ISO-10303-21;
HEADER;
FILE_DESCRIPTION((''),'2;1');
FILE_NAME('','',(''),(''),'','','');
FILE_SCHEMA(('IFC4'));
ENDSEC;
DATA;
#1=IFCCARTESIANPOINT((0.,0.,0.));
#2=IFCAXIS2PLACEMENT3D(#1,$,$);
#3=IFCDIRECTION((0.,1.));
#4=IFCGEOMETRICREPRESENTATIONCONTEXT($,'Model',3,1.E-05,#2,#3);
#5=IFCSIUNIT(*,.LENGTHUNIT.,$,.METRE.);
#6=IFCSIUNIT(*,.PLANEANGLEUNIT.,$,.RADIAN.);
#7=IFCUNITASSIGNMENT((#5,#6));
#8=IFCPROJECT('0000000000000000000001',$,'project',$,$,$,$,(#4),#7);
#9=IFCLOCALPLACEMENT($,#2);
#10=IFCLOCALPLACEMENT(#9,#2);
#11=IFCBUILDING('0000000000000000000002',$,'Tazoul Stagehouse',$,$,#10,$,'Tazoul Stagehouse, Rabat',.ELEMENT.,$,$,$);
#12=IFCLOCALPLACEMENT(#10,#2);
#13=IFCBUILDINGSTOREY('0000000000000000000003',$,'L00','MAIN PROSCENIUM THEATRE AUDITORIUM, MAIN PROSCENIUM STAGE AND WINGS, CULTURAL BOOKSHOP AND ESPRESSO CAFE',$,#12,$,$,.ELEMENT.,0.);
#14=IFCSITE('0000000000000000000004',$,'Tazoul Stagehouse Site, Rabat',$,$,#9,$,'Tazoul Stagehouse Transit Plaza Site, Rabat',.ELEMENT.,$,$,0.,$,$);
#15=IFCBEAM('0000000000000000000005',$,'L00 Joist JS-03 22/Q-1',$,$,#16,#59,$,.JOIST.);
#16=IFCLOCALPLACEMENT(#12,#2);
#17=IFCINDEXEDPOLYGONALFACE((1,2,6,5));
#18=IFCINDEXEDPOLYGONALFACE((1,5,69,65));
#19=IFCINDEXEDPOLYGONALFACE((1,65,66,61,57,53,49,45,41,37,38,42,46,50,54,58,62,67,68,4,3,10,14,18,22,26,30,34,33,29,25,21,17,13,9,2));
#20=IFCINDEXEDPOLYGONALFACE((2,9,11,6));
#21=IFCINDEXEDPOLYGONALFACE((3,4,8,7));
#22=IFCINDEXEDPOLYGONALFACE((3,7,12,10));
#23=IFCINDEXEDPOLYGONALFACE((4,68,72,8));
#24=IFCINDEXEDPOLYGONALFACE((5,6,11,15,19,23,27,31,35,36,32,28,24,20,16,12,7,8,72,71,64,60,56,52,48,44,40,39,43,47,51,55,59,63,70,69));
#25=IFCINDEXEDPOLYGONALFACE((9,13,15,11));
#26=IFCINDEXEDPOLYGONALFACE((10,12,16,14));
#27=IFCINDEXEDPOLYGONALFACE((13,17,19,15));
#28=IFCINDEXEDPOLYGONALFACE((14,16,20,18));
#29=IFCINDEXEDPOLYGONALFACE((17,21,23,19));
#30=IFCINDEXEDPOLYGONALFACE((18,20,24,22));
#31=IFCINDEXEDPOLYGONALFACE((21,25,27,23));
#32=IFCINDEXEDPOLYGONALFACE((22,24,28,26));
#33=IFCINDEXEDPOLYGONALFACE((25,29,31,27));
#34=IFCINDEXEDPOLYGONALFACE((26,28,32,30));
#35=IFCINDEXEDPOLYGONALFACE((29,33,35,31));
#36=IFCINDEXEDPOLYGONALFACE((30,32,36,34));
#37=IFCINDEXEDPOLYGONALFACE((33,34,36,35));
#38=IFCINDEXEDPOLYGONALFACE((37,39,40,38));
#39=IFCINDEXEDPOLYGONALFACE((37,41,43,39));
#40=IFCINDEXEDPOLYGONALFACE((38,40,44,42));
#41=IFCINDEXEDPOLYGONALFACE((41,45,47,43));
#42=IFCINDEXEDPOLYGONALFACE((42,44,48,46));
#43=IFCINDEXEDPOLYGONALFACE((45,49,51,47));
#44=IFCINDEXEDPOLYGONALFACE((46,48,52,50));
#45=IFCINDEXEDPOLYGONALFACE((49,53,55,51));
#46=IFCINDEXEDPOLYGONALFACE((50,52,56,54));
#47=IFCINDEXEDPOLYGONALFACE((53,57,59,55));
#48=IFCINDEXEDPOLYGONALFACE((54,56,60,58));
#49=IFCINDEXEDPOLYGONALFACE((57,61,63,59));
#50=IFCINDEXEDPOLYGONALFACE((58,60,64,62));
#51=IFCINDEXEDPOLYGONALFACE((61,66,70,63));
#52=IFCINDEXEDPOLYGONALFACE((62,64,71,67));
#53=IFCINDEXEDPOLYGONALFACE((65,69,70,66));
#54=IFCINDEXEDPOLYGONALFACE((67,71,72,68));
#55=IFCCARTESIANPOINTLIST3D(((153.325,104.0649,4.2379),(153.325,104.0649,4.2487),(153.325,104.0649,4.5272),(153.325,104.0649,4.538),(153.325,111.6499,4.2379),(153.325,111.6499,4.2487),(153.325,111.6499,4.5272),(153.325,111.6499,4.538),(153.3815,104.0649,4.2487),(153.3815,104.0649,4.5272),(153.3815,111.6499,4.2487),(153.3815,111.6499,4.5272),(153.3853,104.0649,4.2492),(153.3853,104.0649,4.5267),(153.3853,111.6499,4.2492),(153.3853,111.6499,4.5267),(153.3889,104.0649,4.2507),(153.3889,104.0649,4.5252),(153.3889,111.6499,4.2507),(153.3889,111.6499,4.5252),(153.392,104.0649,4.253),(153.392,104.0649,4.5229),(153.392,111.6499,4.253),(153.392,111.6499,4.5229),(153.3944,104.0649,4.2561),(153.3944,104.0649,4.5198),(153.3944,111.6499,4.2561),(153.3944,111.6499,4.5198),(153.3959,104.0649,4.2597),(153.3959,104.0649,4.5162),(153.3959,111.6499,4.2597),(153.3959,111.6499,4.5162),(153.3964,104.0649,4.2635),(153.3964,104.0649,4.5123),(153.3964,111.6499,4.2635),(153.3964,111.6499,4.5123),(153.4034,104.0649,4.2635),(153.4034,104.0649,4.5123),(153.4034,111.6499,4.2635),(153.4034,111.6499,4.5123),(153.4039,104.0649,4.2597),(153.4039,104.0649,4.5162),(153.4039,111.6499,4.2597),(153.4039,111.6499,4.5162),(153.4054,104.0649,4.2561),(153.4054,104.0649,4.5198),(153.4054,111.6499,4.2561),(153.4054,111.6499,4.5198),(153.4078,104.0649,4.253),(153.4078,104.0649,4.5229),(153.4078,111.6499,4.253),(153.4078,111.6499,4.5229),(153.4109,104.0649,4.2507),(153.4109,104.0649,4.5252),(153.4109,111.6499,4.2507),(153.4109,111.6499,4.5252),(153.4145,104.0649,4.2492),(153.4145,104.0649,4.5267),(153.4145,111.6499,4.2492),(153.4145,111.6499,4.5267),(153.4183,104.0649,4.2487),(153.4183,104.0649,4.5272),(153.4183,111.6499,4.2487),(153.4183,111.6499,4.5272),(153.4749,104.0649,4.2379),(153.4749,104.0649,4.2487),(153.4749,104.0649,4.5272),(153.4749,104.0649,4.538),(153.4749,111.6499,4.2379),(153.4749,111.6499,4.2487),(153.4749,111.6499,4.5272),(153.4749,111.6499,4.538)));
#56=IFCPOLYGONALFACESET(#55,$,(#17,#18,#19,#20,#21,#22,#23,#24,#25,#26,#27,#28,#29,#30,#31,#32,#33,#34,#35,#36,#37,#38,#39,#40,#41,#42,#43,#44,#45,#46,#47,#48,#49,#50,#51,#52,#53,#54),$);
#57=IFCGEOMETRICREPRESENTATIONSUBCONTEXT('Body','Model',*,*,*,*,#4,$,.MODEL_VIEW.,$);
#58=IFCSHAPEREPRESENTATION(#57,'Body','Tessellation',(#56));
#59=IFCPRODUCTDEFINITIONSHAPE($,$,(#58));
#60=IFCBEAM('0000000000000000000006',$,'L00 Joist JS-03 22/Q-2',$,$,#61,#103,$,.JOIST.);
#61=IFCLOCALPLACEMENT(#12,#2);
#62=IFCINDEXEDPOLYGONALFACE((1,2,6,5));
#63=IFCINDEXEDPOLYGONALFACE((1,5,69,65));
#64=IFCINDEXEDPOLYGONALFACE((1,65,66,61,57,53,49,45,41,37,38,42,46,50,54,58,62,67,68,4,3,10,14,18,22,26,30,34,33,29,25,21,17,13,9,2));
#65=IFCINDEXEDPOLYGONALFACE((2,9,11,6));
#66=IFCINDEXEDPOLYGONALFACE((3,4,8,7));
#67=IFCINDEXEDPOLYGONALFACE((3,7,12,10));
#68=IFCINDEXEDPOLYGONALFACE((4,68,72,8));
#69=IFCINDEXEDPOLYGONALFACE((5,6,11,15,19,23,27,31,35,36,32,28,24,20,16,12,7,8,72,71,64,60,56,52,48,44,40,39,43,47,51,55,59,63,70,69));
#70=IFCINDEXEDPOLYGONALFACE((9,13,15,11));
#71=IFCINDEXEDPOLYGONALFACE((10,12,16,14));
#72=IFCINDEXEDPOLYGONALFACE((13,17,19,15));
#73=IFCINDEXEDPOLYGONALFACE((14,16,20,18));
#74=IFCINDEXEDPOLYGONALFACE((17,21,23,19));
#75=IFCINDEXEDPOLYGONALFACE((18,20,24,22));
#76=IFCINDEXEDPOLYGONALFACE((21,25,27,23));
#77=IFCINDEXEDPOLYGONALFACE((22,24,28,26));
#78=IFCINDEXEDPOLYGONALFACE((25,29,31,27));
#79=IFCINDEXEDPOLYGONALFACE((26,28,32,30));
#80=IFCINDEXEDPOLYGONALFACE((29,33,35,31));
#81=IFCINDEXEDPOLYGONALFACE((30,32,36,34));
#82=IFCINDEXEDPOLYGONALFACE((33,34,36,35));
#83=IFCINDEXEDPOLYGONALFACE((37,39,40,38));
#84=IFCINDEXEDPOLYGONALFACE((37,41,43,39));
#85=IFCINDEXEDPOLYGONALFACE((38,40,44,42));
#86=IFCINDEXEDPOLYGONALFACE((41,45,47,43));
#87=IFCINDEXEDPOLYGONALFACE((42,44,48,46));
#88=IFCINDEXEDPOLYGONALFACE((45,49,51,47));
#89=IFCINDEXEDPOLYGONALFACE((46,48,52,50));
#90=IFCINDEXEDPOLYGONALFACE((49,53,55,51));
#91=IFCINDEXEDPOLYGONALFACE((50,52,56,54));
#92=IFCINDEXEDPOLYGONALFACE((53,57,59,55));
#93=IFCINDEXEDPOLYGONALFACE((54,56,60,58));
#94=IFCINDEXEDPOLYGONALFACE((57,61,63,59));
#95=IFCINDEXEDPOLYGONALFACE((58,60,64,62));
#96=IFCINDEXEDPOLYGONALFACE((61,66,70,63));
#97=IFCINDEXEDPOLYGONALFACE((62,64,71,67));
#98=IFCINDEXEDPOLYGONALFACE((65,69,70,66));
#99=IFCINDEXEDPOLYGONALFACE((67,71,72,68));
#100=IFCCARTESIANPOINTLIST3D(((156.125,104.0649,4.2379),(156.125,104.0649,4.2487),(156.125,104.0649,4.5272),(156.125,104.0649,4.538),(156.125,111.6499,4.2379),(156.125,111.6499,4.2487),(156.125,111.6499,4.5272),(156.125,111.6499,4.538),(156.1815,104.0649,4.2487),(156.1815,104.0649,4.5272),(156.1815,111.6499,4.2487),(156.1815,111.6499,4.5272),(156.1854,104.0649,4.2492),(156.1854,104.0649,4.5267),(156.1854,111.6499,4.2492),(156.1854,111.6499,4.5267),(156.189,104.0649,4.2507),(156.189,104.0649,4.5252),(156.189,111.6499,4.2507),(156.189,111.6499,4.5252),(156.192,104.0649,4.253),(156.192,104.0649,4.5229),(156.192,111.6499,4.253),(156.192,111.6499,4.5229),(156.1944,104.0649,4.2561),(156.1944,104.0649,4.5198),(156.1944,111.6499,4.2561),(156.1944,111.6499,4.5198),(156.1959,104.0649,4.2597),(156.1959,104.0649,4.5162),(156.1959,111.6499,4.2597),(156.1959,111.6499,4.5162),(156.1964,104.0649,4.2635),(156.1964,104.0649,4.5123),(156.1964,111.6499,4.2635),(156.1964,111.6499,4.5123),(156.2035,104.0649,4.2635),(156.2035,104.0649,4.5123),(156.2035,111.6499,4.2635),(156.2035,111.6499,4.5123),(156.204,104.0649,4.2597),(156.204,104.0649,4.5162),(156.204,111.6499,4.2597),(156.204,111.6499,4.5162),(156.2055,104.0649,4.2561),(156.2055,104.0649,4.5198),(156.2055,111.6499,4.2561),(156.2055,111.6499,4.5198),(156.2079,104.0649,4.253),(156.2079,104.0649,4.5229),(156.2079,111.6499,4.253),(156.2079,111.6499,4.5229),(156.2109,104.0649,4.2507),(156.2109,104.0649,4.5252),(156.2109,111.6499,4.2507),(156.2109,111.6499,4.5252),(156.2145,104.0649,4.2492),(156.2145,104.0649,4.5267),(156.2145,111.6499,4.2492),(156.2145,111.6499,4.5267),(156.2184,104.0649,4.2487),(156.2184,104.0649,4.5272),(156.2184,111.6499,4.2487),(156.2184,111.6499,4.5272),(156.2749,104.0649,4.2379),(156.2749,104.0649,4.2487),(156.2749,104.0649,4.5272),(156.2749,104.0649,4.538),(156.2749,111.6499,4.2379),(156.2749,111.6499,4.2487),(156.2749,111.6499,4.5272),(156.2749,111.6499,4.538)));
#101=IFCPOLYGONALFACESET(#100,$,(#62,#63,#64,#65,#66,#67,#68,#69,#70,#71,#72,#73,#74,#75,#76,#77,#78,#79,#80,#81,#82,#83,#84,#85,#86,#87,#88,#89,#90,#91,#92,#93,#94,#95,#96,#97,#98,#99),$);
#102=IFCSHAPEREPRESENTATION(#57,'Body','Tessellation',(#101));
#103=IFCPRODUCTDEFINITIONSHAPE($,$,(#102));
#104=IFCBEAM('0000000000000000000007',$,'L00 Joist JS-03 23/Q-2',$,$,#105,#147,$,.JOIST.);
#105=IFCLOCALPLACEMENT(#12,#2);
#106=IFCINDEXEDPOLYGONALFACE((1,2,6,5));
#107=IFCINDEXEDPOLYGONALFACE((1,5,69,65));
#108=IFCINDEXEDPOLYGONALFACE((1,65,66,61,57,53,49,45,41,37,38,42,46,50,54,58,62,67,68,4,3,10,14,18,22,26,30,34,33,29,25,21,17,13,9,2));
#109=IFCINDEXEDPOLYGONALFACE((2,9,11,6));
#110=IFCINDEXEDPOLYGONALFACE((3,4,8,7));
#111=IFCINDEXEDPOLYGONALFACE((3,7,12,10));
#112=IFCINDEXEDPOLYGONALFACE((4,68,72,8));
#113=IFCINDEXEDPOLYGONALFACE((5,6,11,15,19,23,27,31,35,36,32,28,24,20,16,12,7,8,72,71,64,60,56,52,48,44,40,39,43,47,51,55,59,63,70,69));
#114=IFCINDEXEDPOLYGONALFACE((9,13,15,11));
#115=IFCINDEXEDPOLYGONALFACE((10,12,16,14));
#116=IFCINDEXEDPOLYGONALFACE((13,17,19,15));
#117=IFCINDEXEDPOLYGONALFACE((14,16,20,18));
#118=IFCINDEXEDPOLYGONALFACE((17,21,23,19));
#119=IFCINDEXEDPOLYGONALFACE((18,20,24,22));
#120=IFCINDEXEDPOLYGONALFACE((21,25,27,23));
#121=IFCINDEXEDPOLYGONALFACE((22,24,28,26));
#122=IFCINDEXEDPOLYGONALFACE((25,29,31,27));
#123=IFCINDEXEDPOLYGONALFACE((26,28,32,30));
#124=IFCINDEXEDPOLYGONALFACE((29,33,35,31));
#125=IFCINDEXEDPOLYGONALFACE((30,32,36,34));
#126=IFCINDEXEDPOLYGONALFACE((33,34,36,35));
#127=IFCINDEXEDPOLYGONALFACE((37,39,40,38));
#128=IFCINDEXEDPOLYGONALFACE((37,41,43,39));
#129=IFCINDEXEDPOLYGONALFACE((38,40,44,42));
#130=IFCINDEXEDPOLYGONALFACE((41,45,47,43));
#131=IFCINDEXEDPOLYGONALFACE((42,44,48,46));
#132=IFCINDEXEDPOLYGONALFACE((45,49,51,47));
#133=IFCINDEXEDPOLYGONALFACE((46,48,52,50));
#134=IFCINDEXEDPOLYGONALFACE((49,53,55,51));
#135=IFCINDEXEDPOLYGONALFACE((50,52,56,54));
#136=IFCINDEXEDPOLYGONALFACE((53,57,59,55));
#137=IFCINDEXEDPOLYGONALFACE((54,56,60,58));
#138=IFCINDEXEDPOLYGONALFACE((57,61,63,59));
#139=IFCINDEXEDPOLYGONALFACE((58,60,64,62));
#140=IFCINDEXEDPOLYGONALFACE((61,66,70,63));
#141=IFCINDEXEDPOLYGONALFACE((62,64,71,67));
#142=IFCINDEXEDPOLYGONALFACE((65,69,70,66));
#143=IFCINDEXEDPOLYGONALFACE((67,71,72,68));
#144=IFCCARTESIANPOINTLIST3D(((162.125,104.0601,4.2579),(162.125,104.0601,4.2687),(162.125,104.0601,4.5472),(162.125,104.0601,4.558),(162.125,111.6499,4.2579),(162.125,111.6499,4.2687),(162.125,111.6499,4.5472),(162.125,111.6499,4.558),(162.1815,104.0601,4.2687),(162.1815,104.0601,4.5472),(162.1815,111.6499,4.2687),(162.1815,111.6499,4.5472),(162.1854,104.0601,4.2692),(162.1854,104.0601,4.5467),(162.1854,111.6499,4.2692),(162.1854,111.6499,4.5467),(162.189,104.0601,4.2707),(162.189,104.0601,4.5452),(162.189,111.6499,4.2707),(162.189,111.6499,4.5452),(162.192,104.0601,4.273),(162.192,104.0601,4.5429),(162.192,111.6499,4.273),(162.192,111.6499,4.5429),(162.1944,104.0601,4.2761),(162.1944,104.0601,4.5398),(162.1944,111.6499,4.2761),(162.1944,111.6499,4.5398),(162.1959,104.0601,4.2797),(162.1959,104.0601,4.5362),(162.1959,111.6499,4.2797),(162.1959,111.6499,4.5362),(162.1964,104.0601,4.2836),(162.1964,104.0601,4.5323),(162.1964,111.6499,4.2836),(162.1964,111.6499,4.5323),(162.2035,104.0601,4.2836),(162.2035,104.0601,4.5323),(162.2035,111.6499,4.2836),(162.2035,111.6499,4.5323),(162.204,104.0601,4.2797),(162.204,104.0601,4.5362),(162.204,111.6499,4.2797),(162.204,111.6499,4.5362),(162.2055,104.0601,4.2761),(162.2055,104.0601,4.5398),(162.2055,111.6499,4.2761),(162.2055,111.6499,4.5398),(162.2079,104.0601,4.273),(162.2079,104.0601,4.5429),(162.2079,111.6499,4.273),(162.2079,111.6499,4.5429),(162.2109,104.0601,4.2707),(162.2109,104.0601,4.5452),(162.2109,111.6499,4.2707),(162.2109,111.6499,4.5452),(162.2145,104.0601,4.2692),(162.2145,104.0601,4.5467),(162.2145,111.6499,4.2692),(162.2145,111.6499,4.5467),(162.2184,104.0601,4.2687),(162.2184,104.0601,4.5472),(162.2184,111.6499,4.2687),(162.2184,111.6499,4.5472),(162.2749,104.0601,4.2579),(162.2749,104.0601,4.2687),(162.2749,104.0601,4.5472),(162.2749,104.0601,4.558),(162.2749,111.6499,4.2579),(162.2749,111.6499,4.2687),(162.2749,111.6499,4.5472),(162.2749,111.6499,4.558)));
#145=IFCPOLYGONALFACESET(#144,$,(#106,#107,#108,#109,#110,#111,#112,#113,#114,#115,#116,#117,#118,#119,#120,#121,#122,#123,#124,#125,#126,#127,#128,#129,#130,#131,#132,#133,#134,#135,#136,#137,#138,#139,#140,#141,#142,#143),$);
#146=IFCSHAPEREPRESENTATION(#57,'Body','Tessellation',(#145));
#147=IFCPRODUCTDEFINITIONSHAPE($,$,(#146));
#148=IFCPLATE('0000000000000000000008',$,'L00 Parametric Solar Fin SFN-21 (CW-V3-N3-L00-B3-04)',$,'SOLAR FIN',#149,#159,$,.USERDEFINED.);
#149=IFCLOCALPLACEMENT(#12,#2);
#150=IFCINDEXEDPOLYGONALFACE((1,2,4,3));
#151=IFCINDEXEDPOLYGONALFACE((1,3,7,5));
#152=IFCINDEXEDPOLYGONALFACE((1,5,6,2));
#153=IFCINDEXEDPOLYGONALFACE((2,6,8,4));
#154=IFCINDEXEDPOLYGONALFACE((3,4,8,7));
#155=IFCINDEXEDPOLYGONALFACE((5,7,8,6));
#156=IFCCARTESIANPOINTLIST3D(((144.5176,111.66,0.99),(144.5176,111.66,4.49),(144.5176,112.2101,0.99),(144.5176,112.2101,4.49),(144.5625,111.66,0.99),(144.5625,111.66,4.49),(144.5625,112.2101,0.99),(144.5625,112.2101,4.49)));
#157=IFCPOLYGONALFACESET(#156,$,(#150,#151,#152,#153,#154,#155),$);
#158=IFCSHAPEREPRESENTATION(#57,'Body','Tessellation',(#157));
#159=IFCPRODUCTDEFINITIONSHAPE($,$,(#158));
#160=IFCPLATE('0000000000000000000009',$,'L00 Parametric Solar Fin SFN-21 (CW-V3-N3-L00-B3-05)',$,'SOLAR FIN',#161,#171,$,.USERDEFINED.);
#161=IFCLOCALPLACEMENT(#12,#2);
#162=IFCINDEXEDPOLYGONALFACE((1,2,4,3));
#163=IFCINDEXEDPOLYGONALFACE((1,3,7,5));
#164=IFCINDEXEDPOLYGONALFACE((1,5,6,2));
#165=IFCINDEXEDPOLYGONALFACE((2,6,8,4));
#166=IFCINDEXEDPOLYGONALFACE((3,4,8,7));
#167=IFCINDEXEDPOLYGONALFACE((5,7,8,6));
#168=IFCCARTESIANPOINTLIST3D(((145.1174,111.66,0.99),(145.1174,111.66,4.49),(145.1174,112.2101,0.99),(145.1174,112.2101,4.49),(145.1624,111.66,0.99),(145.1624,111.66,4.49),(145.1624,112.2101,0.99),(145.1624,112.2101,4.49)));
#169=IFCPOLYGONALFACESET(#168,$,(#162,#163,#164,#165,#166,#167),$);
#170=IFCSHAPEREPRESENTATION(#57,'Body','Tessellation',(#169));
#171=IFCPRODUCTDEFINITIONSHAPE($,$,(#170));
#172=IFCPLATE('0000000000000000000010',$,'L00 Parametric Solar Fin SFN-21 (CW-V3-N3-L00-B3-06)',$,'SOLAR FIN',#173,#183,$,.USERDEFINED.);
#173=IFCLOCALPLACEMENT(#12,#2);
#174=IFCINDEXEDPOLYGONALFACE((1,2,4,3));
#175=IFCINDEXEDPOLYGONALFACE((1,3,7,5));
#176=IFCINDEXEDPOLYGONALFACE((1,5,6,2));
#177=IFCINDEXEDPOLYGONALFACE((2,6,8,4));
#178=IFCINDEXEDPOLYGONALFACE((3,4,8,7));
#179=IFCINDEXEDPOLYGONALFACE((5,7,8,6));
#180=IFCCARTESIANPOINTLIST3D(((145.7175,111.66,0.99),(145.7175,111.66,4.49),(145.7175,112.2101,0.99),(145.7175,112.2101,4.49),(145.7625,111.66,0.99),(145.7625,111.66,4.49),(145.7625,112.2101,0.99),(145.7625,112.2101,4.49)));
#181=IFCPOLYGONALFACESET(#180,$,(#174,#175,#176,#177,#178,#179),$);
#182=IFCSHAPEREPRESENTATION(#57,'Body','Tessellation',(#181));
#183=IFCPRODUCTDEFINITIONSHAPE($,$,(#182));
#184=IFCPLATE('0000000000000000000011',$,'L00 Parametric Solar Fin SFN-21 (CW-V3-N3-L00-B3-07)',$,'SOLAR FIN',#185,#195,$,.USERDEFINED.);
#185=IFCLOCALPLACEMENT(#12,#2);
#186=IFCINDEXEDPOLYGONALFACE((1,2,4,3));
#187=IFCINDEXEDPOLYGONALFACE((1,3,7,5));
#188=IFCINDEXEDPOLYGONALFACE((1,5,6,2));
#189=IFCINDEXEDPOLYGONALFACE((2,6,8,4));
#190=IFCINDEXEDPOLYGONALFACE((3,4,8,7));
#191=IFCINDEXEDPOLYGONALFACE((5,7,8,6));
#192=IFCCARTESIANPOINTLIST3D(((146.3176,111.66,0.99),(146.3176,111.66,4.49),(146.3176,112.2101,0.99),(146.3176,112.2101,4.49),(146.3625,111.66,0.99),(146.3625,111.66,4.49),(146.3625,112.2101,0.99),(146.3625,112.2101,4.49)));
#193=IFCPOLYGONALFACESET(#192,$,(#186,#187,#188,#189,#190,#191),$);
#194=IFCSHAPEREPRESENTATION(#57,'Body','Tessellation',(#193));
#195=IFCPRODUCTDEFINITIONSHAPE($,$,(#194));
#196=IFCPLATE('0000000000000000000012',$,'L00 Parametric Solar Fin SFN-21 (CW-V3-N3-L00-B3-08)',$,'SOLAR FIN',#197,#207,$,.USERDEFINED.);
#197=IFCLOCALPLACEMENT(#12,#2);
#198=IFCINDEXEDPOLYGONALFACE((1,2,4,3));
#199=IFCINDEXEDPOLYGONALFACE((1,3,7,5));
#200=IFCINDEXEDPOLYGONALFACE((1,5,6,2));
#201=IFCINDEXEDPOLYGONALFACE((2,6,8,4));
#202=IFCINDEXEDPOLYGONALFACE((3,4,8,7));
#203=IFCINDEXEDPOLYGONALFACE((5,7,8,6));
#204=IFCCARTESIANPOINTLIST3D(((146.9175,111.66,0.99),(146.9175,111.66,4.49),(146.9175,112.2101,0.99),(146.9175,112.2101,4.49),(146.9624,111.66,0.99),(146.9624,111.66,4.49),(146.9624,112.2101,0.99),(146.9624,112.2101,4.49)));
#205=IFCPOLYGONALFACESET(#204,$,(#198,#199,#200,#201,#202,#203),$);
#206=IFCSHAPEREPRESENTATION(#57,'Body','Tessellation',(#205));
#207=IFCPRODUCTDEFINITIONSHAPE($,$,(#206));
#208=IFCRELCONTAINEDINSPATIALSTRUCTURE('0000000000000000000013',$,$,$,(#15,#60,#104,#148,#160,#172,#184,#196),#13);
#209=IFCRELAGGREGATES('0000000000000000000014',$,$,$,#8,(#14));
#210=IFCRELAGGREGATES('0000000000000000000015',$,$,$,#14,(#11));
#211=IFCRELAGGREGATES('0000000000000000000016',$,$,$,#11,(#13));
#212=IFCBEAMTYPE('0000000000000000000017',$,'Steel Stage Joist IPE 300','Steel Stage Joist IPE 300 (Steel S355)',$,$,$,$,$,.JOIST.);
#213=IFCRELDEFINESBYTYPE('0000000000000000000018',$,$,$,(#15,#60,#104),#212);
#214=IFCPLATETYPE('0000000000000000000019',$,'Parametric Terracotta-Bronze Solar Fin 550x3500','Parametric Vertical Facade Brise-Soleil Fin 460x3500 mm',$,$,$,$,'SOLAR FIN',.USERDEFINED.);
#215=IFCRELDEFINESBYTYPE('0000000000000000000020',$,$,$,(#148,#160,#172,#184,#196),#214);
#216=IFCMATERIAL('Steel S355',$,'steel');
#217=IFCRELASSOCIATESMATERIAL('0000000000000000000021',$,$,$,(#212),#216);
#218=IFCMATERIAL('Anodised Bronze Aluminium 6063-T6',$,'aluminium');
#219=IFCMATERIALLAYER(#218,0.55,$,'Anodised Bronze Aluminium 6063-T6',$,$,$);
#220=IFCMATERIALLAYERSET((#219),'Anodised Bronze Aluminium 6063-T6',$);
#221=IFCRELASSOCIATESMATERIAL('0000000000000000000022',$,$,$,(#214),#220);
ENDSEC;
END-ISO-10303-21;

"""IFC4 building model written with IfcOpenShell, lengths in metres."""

from ifc_helpers import new_model, si_unit, direction, frame, origin, origin_2d, place, context, subcontext, project, spatial, rectangle, i_section, extrude, material, layer, layer_set, material_profile, profile_set, type_object, element, save


model = new_model("IFC4")

# Units and contexts
model_context = context("Model", 3, precision=1e-05, world=origin(), true_north=direction((0.0, 1.0)))
body_context = subcontext(model_context, "Body", "Model", "MODEL_VIEW")
ifc_project = project(units=[si_unit("LENGTHUNIT", "METRE"), si_unit("PLANEANGLEUNIT", "RADIAN")], contexts=[model_context])

# Site, building, storey
site_placement = place(None, origin())
site = spatial("IfcSite", under=ifc_project, at=site_placement, Name="Tazoul Stagehouse Site, Rabat", LongName="Tazoul Stagehouse Transit Plaza Site, Rabat", CompositionType="ELEMENT", RefElevation=0.0)
building_placement = place(site_placement, origin())
building = spatial("IfcBuilding", under=site, at=building_placement, Name="Tazoul Stagehouse", LongName="Tazoul Stagehouse, Rabat", CompositionType="ELEMENT")
storey_placement = place(building_placement, origin())
storey = spatial("IfcBuildingStorey", under=building, at=storey_placement, Name="L00", Description="MAIN PROSCENIUM THEATRE AUDITORIUM, MAIN PROSCENIUM STAGE AND WINGS, CULTURAL BOOKSHOP AND ESPRESSO CAFE", CompositionType="ELEMENT", Elevation=0.0)

# Beams
ifc_material_1 = material(Name="Steel S355", Category="steel")
ifc_material_profile_1 = material_profile(ifc_material_1, i_section(OverallWidth=0.1499, OverallDepth=0.3, WebThickness=0.0071, FlangeThickness=0.0107, FilletRadius=0.0149, at=origin_2d()), Name="IPE 300")
ifc_profile_set_1 = profile_set([ifc_material_profile_1], Name="Steel S355")
beam_type_1 = type_object("IfcBeamType", Name="Steel Stage Joist IPE 300", Description="Steel Stage Joist IPE 300 (Steel S355)", PredefinedType="JOIST", material=ifc_profile_set_1)
for number, where, z_axis, x_axis, name in (
    (1, (153.3999, 104.0649, 4.3879), (0.0, 1.0, 0.0), (-1.0, 0.0, 0.0), "L00 Joist JS-03 22/Q-1"),
    (2, (156.2, 104.0649, 4.3879), (0.0, 1.0, 0.0), (-1.0, 0.0, 0.0), "L00 Joist JS-03 22/Q-2"),
):
    element("IfcBeam", number, at=place(storey_placement, frame(where, z_axis=z_axis, x_axis=x_axis)), inside=storey, type_object=beam_type_1, Name=name, PredefinedType="JOIST", context=body_context, shape_type="SweptSolid", body=[
        extrude(i_section(OverallWidth=0.1499, OverallDepth=0.3, WebThickness=0.0071, FlangeThickness=0.0107, FilletRadius=0.0149, at=origin_2d()), origin(), (0.0, 0.0, 1.0), 7.585),
    ])
beam_1_placement = place(storey_placement, frame((162.2, 104.0601, 4.408), z_axis=(0.0, 1.0, 0.0), x_axis=(-1.0, 0.0, 0.0)))
element("IfcBeam", 3, at=beam_1_placement, inside=storey, type_object=beam_type_1, Name="L00 Joist JS-03 23/Q-2", PredefinedType="JOIST", context=body_context, shape_type="SweptSolid", body=[
    extrude(i_section(OverallWidth=0.1499, OverallDepth=0.3, WebThickness=0.0071, FlangeThickness=0.0107, FilletRadius=0.0149, at=origin_2d()), origin(), (0.0, 0.0, 1.0), 7.5898),
])

# Plates
ifc_material_2 = material(Name="Anodised Bronze Aluminium 6063-T6", Category="aluminium")
ifc_layer_1 = layer(ifc_material_2, 0.55, Name="Anodised Bronze Aluminium 6063-T6")
ifc_layer_set_1 = layer_set([ifc_layer_1], Name="Anodised Bronze Aluminium 6063-T6")
plate_type = type_object("IfcPlateType", Name="Parametric Terracotta-Bronze Solar Fin 550x3500", Description="Parametric Vertical Facade Brise-Soleil Fin 460x3500 mm", ElementType="SOLAR FIN", PredefinedType="USERDEFINED", material=ifc_layer_set_1)
for number, where, z_axis, x_axis, name in (
    (4, (144.54, 111.9351, 0.99), (0.0, 0.0, 1.0), (1.0, 0.0, 0.0), "L00 Parametric Solar Fin SFN-21 (CW-V3-N3-L00-B3-04)"),
    (5, (145.1399, 111.9351, 0.99), (0.0, 0.0, 1.0), (1.0, 0.0, 0.0), "L00 Parametric Solar Fin SFN-21 (CW-V3-N3-L00-B3-05)"),
    (6, (145.74, 111.9351, 0.99), (0.0, 0.0, 1.0), (1.0, 0.0, 0.0), "L00 Parametric Solar Fin SFN-21 (CW-V3-N3-L00-B3-06)"),
    (7, (146.3401, 111.9351, 0.99), (0.0, 0.0, 1.0), (1.0, 0.0, 0.0), "L00 Parametric Solar Fin SFN-21 (CW-V3-N3-L00-B3-07)"),
    (8, (146.9399, 111.9351, 0.99), (0.0, 0.0, 1.0), (1.0, 0.0, 0.0), "L00 Parametric Solar Fin SFN-21 (CW-V3-N3-L00-B3-08)"),
):
    element("IfcPlate", number, at=place(storey_placement, frame(where, z_axis=z_axis, x_axis=x_axis)), inside=storey, type_object=plate_type, Name=name, ObjectType="SOLAR FIN", PredefinedType="USERDEFINED", context=body_context, shape_type="SweptSolid", body=[
        extrude(rectangle(XDim=0.0449, YDim=0.55, at=origin_2d()), origin(), (0.0, 0.0, 1.0), 3.5),
    ])

save(model, "model.ifc")
